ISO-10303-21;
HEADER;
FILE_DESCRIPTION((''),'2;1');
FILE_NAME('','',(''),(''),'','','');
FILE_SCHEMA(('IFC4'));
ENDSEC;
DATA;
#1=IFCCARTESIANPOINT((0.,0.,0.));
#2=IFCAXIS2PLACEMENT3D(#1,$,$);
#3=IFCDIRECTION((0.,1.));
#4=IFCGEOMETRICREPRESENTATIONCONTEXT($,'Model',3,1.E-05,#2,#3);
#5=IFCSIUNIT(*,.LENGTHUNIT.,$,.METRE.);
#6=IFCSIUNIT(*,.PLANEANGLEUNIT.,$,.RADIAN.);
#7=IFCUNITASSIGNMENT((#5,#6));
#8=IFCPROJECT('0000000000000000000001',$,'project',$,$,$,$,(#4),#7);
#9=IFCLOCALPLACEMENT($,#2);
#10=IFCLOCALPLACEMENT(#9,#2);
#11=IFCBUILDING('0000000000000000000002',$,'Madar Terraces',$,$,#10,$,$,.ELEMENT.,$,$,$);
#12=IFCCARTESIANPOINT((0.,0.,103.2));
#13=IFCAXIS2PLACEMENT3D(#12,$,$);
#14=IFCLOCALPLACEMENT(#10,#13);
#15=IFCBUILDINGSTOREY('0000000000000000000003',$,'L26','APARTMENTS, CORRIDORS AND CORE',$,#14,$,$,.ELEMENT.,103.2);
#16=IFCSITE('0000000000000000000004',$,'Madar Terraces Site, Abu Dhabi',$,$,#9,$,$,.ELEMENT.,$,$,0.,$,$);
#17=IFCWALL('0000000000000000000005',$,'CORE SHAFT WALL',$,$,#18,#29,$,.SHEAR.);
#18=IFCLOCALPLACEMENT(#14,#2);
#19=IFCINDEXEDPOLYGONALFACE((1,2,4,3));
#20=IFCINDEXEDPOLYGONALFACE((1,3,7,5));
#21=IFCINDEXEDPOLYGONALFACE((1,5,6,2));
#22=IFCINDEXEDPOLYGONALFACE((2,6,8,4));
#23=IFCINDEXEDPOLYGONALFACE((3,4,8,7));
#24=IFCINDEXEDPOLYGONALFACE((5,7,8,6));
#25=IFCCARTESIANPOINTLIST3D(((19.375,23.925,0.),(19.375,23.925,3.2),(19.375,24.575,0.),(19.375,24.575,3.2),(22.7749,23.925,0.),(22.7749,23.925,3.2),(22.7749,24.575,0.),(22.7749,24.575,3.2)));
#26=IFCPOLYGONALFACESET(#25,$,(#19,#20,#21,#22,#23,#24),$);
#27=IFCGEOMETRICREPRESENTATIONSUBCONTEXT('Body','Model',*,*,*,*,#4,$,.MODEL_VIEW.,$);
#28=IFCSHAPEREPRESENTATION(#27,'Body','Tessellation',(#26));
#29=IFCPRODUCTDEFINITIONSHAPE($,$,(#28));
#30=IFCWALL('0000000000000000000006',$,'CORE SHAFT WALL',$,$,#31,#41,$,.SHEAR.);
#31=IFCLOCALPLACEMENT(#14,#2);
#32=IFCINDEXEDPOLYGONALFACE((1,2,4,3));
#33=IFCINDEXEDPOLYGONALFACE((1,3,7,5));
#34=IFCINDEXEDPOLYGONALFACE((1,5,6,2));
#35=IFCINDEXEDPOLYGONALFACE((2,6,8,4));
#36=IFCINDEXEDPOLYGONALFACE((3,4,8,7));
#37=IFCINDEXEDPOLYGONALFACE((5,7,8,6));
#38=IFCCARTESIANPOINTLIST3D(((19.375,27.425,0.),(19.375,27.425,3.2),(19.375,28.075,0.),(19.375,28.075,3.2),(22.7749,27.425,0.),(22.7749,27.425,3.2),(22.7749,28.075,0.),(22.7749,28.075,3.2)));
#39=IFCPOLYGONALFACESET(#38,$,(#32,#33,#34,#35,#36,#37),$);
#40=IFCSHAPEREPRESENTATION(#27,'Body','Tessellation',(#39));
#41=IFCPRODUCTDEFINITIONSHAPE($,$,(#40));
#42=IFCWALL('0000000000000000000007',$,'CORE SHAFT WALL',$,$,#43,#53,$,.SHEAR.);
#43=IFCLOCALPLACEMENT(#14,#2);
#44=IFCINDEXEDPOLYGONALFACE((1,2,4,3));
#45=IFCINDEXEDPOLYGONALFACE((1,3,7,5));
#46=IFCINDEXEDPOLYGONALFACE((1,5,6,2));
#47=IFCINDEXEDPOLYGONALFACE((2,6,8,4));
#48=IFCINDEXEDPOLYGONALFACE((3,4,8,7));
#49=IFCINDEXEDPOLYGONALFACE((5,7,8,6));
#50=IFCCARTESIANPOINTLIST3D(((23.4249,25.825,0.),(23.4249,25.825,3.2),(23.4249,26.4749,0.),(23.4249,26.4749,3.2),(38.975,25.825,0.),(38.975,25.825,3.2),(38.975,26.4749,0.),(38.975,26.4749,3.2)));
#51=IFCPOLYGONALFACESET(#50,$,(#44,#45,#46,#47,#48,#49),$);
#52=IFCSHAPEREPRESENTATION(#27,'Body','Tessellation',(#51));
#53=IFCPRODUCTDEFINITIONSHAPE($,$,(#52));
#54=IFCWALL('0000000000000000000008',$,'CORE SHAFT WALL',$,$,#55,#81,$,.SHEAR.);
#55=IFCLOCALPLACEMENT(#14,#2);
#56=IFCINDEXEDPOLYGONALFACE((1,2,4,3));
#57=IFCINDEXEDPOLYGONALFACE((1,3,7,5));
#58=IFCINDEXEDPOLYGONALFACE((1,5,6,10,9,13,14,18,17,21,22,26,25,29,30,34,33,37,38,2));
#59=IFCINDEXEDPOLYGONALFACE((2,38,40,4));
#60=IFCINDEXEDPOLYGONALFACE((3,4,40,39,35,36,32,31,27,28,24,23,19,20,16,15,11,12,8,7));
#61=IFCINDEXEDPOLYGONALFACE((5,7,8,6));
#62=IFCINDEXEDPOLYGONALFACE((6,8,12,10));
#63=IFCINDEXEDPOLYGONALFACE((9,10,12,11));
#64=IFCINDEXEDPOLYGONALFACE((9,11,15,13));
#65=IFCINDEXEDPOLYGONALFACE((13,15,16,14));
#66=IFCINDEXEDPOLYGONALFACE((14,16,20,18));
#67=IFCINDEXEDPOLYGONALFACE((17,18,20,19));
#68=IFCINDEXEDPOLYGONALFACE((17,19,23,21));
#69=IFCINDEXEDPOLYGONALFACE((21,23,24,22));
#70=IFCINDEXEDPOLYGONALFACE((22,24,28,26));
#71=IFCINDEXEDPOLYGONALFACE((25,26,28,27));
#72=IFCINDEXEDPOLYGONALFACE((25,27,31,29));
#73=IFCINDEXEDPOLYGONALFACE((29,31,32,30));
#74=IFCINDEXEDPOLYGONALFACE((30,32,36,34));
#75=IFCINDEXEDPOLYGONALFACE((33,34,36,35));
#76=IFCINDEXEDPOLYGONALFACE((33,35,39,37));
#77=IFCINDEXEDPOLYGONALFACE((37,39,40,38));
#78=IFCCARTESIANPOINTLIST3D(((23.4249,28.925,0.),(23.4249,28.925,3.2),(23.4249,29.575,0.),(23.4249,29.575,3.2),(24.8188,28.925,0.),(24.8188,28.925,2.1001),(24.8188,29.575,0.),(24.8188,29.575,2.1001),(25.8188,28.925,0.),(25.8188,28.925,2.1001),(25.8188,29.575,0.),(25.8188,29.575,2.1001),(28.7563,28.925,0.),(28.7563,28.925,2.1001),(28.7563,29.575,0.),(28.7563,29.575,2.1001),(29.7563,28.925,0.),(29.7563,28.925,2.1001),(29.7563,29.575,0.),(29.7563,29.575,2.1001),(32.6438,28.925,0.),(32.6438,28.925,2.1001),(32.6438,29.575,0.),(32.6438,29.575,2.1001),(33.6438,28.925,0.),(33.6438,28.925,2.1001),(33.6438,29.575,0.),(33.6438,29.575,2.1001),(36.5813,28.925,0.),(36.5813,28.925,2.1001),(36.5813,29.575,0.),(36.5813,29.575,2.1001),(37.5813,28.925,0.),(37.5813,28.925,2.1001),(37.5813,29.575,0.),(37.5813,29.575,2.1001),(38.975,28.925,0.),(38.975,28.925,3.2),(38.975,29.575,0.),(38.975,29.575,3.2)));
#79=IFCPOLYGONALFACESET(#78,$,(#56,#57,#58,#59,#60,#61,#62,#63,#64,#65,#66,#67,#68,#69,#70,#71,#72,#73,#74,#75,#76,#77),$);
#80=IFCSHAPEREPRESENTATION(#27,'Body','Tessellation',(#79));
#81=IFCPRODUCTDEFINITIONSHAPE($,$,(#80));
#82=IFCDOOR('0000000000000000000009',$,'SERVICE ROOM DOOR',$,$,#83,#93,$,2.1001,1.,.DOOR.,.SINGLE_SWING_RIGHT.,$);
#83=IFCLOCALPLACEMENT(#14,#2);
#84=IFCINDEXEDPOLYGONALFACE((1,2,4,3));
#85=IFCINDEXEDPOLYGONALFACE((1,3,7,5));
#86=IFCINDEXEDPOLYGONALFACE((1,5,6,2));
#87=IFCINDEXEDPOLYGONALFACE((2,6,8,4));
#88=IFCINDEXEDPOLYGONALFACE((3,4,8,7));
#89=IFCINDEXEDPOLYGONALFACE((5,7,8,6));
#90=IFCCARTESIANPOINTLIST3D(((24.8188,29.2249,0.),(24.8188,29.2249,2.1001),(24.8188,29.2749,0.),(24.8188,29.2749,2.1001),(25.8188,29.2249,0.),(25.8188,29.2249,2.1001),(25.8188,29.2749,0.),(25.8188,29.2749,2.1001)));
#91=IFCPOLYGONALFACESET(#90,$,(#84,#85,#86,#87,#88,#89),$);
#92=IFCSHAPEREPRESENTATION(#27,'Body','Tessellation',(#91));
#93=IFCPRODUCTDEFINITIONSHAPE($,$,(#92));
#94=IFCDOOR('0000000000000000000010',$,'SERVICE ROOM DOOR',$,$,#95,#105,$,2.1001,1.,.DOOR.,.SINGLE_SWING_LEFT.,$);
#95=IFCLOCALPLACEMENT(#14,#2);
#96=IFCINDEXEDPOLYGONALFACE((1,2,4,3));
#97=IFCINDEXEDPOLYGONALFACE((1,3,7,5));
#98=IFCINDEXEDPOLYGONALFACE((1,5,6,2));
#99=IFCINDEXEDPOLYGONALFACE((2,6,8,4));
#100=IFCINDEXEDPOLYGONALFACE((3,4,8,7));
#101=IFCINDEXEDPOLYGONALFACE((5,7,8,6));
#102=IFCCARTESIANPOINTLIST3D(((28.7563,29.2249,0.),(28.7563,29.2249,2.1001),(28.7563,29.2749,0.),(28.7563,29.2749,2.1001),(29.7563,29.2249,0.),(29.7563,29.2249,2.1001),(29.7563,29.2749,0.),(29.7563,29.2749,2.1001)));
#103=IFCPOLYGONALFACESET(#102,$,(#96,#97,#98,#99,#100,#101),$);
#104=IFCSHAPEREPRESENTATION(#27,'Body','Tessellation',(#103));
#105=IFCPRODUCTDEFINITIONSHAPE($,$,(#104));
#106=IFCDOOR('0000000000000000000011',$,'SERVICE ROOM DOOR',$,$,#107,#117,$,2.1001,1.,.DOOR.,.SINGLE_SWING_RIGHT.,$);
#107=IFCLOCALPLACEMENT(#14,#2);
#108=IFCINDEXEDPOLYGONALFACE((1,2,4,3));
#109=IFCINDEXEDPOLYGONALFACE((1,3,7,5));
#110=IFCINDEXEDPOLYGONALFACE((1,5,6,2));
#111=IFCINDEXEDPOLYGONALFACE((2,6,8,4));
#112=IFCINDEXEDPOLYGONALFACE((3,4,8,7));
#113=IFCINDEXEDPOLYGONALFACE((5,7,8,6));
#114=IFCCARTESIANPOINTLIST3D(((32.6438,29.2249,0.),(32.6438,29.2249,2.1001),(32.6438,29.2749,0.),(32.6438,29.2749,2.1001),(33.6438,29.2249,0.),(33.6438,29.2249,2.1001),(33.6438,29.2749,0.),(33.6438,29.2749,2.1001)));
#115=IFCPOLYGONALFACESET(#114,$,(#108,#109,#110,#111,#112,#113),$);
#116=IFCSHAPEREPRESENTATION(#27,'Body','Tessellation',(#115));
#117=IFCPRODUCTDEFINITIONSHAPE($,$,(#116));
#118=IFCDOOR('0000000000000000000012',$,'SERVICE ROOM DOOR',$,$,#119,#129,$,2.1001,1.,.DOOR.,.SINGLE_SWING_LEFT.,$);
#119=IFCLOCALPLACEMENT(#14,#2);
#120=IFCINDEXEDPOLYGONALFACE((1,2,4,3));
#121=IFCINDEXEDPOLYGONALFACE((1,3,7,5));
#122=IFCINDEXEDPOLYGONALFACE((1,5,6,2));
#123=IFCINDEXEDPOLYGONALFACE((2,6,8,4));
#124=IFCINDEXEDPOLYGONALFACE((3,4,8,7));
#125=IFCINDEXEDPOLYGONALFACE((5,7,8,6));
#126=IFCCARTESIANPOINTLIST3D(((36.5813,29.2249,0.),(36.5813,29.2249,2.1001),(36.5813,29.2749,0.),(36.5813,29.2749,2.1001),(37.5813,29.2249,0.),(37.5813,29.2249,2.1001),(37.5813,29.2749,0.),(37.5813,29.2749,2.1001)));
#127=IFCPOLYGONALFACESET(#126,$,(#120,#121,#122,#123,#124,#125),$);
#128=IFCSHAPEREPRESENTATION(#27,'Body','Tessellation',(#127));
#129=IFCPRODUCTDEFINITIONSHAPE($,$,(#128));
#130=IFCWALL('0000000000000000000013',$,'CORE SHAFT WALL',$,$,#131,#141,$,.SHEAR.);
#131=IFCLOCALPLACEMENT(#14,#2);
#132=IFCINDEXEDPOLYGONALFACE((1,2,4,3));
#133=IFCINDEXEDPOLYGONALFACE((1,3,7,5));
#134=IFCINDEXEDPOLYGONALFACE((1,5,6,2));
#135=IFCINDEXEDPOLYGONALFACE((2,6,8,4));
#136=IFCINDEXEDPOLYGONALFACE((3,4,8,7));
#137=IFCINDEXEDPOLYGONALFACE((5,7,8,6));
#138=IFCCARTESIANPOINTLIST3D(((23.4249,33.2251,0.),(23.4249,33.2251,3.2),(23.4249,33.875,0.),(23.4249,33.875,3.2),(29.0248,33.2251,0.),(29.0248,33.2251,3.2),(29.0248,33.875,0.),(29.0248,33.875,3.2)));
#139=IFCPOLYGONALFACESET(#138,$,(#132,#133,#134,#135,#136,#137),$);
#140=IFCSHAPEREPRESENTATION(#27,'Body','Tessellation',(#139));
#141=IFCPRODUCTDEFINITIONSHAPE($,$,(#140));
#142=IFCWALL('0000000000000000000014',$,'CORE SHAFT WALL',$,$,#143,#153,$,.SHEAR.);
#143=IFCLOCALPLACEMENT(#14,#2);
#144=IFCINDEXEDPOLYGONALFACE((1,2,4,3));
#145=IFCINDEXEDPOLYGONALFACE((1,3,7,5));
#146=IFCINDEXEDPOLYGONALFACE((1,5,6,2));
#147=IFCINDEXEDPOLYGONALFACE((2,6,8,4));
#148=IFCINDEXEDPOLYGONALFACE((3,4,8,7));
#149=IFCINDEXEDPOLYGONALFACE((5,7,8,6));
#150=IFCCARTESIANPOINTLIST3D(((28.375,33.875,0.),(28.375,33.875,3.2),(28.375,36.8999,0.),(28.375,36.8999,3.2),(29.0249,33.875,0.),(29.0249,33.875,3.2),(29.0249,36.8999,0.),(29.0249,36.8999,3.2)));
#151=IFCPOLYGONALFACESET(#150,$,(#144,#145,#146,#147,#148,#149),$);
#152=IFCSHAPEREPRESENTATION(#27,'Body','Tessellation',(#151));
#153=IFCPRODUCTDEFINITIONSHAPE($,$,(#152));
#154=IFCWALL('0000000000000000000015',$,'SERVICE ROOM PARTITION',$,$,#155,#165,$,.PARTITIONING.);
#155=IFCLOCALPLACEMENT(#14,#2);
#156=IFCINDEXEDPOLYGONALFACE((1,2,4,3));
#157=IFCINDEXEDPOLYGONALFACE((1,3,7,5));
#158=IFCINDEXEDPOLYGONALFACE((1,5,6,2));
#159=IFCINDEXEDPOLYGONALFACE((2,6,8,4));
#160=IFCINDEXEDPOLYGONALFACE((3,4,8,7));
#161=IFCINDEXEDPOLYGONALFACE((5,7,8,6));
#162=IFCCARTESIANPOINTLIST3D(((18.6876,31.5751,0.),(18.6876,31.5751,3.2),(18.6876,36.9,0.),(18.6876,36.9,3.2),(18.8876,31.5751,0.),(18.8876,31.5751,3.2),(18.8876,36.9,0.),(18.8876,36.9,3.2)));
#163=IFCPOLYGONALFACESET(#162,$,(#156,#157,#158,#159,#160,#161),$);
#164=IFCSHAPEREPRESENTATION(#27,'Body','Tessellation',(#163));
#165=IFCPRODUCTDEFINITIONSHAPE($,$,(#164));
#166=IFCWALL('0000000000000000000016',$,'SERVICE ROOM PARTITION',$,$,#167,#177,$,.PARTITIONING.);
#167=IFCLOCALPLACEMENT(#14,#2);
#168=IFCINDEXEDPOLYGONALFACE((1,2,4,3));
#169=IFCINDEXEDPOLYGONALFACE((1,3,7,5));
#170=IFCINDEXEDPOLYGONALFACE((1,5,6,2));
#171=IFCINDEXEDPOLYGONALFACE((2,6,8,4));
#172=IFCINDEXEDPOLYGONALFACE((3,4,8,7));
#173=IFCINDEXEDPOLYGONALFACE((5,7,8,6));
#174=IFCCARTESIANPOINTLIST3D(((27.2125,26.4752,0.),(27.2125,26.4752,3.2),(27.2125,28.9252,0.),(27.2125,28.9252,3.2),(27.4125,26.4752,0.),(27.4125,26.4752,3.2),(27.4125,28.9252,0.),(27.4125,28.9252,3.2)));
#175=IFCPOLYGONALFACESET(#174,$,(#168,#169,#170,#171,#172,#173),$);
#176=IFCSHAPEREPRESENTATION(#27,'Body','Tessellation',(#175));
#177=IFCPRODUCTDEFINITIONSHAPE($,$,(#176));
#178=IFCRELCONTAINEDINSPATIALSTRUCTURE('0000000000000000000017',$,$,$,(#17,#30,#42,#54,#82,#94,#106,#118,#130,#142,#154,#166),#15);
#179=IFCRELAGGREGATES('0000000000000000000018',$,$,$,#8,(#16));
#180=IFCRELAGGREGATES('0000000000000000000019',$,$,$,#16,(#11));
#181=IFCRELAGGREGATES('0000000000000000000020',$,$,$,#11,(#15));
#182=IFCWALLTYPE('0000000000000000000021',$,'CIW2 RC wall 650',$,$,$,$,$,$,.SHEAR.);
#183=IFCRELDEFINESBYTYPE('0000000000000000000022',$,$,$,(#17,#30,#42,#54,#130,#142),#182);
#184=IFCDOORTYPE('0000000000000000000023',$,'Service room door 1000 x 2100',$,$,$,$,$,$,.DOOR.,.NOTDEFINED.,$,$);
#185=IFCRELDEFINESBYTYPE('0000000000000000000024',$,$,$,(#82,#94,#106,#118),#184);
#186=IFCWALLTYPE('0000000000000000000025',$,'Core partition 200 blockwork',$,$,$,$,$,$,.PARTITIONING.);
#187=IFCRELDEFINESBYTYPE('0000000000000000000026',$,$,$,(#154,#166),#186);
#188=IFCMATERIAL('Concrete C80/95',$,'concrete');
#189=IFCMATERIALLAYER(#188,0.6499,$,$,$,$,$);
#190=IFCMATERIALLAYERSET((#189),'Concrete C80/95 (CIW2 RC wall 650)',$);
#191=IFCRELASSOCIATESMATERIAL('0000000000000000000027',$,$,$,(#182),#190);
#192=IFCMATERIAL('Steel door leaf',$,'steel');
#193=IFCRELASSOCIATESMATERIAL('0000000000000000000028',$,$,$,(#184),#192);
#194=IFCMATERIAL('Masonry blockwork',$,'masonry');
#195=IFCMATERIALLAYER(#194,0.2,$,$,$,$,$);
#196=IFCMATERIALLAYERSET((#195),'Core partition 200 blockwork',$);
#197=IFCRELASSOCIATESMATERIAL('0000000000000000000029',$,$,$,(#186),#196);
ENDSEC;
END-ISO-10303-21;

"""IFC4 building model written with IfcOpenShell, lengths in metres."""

from ifc_helpers import new_model, si_unit, direction, frame, frame_2d, origin, place, context, subcontext, project, spatial, rectangle, extrude, material, layer, layer_set, type_object, element, fill, save


model = new_model("IFC4")

# Units and contexts
model_context = context("Model", 3, precision=1e-05, world=origin(), true_north=direction((0.0, 1.0)))
body_context = subcontext(model_context, "Body", "Model", "MODEL_VIEW")
ifc_project = project(units=[si_unit("LENGTHUNIT", "METRE"), si_unit("PLANEANGLEUNIT", "RADIAN")], contexts=[model_context])

# Site, building, storey
site_placement = place(None, origin())
site = spatial("IfcSite", under=ifc_project, at=site_placement, Name="Madar Terraces Site, Abu Dhabi", CompositionType="ELEMENT", RefElevation=0.0)
building_placement = place(site_placement, origin())
building = spatial("IfcBuilding", under=site, at=building_placement, Name="Madar Terraces", CompositionType="ELEMENT")
storey_placement = place(building_placement, frame((0.0, 0.0, 103.2)))
storey = spatial("IfcBuildingStorey", under=building, at=storey_placement, Name="L26", Description="APARTMENTS, CORRIDORS AND CORE", CompositionType="ELEMENT", Elevation=103.2)

# Walls
ifc_material_1 = material(Name="Concrete C80/95", Category="concrete")
ifc_layer_1 = layer(ifc_material_1, 0.6499)
ifc_layer_set_1 = layer_set([ifc_layer_1], Name="Concrete C80/95 (CIW2 RC wall 650)")
wall_type_1 = type_object("IfcWallType", Name="CIW2 RC wall 650", PredefinedType="SHEAR", material=ifc_layer_set_1)
for number, where, z_axis, x_axis, name in (
    (1, (19.375, 24.25, 0.0), (0.0, 0.0, 1.0), (1.0, 0.0, 0.0), "CORE SHAFT WALL"),
    (2, (19.375, 27.75, 0.0), (0.0, 0.0, 1.0), (1.0, 0.0, 0.0), "CORE SHAFT WALL"),
):
    element("IfcWall", number, at=place(storey_placement, frame(where, z_axis=z_axis, x_axis=x_axis)), inside=storey, type_object=wall_type_1, Name=name, PredefinedType="SHEAR", context=body_context, shape_type="SweptSolid", body=[
        extrude(rectangle(XDim=3.3999, YDim=0.6499, at=frame_2d((1.7, 0.0))), origin(), (0.0, 0.0, 1.0), 3.2),
    ])
wall_1_placement = place(storey_placement, frame((23.425, 26.1499, 0.0), z_axis=(0.0, 0.0, 1.0), x_axis=(1.0, 0.0, 0.0)))
element("IfcWall", 3, at=wall_1_placement, inside=storey, type_object=wall_type_1, Name="CORE SHAFT WALL", PredefinedType="SHEAR", context=body_context, shape_type="SweptSolid", body=[
    extrude(rectangle(XDim=15.55, YDim=0.6499, at=frame_2d((7.7749, 0.0))), origin(), (0.0, 0.0, 1.0), 3.2),
])

# Wall, openings, doors
wall_2_placement = place(storey_placement, frame((23.425, 29.25, 0.0), z_axis=(0.0, 0.0, 1.0), x_axis=(1.0, 0.0, 0.0)))
wall_2 = element("IfcWall", 4, at=wall_2_placement, inside=storey, type_object=wall_type_1, Name="CORE SHAFT WALL", PredefinedType="SHEAR", context=body_context, shape_type="SweptSolid", body=[
    extrude(rectangle(XDim=15.55, YDim=0.6499, at=frame_2d((7.7749, 0.0))), origin(), (0.0, 0.0, 1.0), 3.2),
])
opening_1_placement = place(wall_2_placement, frame((1.3938, 0.0, 0.0)))
opening_1 = element("IfcOpeningElement", 5, at=opening_1_placement, cuts=wall_2, PredefinedType="OPENING", context=body_context, shape_type="SweptSolid", body=[
    extrude(rectangle(XDim=1.0, YDim=2.1001, at=frame_2d((0.5, 1.05))), frame((0.0, 0.335, 0.0), z_axis=(0.0, -1.0, 0.0), x_axis=(1.0, 0.0, 0.0)), (0.0, 0.0, 1.0), 0.6699),
])
opening_2_placement = place(wall_2_placement, frame((5.3313, 0.0, 0.0)))
opening_2 = element("IfcOpeningElement", 6, at=opening_2_placement, cuts=wall_2, PredefinedType="OPENING", context=body_context, shape_type="SweptSolid", body=[
    extrude(rectangle(XDim=1.0, YDim=2.1001, at=frame_2d((0.5, 1.05))), frame((0.0, 0.335, 0.0), z_axis=(0.0, -1.0, 0.0), x_axis=(1.0, 0.0, 0.0)), (0.0, 0.0, 1.0), 0.6699),
])
opening_3_placement = place(wall_2_placement, frame((9.2188, 0.0, 0.0)))
opening_3 = element("IfcOpeningElement", 7, at=opening_3_placement, cuts=wall_2, PredefinedType="OPENING", context=body_context, shape_type="SweptSolid", body=[
    extrude(rectangle(XDim=1.0, YDim=2.1001, at=frame_2d((0.5, 1.05))), frame((0.0, 0.335, 0.0), z_axis=(0.0, -1.0, 0.0), x_axis=(1.0, 0.0, 0.0)), (0.0, 0.0, 1.0), 0.6699),
])
opening_4_placement = place(wall_2_placement, frame((13.1562, 0.0, 0.0)))
opening_4 = element("IfcOpeningElement", 8, at=opening_4_placement, cuts=wall_2, PredefinedType="OPENING", context=body_context, shape_type="SweptSolid", body=[
    extrude(rectangle(XDim=1.0, YDim=2.1001, at=frame_2d((0.5, 1.05))), frame((0.0, 0.335, 0.0), z_axis=(0.0, -1.0, 0.0), x_axis=(1.0, 0.0, 0.0)), (0.0, 0.0, 1.0), 0.6699),
])
ifc_material_2 = material(Name="Steel door leaf", Category="steel")
door_type = type_object("IfcDoorType", Name="Service room door 1000 x 2100", OperationType="NOTDEFINED", PredefinedType="DOOR", material=ifc_material_2)
door_1_placement = place(opening_1_placement, origin())
door_1 = element("IfcDoor", 9, at=door_1_placement, inside=storey, type_object=door_type, Name="SERVICE ROOM DOOR", OperationType="SINGLE_SWING_RIGHT", OverallHeight=2.1001, OverallWidth=1.0, PredefinedType="DOOR", context=body_context, shape_type="SweptSolid", body=[
    extrude(rectangle(XDim=1.0, YDim=2.1001, at=frame_2d((0.5, 1.05))), frame((0.0, 0.0249, 0.0), z_axis=(0.0, -1.0, 0.0), x_axis=(1.0, 0.0, 0.0)), (0.0, 0.0, 1.0), 0.05),
])
fill(opening_1, door_1)
door_2_placement = place(opening_2_placement, origin())
door_2 = element("IfcDoor", 10, at=door_2_placement, inside=storey, type_object=door_type, Name="SERVICE ROOM DOOR", OperationType="SINGLE_SWING_LEFT", OverallHeight=2.1001, OverallWidth=1.0, PredefinedType="DOOR", context=body_context, shape_type="SweptSolid", body=[
    extrude(rectangle(XDim=1.0, YDim=2.1001, at=frame_2d((0.5, 1.05))), frame((0.0, 0.0249, 0.0), z_axis=(0.0, -1.0, 0.0), x_axis=(1.0, 0.0, 0.0)), (0.0, 0.0, 1.0), 0.05),
])
fill(opening_2, door_2)
door_3_placement = place(opening_3_placement, origin())
door_3 = element("IfcDoor", 11, at=door_3_placement, inside=storey, type_object=door_type, Name="SERVICE ROOM DOOR", OperationType="SINGLE_SWING_RIGHT", OverallHeight=2.1001, OverallWidth=1.0, PredefinedType="DOOR", context=body_context, shape_type="SweptSolid", body=[
    extrude(rectangle(XDim=1.0, YDim=2.1001, at=frame_2d((0.5, 1.05))), frame((0.0, 0.0249, 0.0), z_axis=(0.0, -1.0, 0.0), x_axis=(1.0, 0.0, 0.0)), (0.0, 0.0, 1.0), 0.05),
])
fill(opening_3, door_3)
door_4_placement = place(opening_4_placement, origin())
door_4 = element("IfcDoor", 12, at=door_4_placement, inside=storey, type_object=door_type, Name="SERVICE ROOM DOOR", OperationType="SINGLE_SWING_LEFT", OverallHeight=2.1001, OverallWidth=1.0, PredefinedType="DOOR", context=body_context, shape_type="SweptSolid", body=[
    extrude(rectangle(XDim=1.0, YDim=2.1001, at=frame_2d((0.5, 1.05))), frame((0.0, 0.0249, 0.0), z_axis=(0.0, -1.0, 0.0), x_axis=(1.0, 0.0, 0.0)), (0.0, 0.0, 1.0), 0.05),
])
fill(opening_4, door_4)

# Walls
wall_3_placement = place(storey_placement, frame((23.425, 33.55, 0.0), z_axis=(0.0, 0.0, 1.0), x_axis=(1.0, 0.0, 0.0)))
element("IfcWall", 13, at=wall_3_placement, inside=storey, type_object=wall_type_1, Name="CORE SHAFT WALL", PredefinedType="SHEAR", context=body_context, shape_type="SweptSolid", body=[
    extrude(rectangle(XDim=5.5999, YDim=0.6499, at=frame_2d((2.7998, 0.0))), origin(), (0.0, 0.0, 1.0), 3.2),
])
wall_4_placement = place(storey_placement, frame((28.7, 33.875, 0.0), z_axis=(0.0, 0.0, 1.0), x_axis=(0.0, 1.0, 0.0)))
element("IfcWall", 14, at=wall_4_placement, inside=storey, type_object=wall_type_1, Name="CORE SHAFT WALL", PredefinedType="SHEAR", context=body_context, shape_type="SweptSolid", body=[
    extrude(rectangle(XDim=3.0249, YDim=0.6499, at=frame_2d((1.5125, 0.0))), origin(), (0.0, 0.0, 1.0), 3.2),
])
ifc_material_3 = material(Name="Masonry blockwork", Category="masonry")
ifc_layer_2 = layer(ifc_material_3, 0.2)
ifc_layer_set_2 = layer_set([ifc_layer_2], Name="Core partition 200 blockwork")
wall_type_2 = type_object("IfcWallType", Name="Core partition 200 blockwork", PredefinedType="PARTITIONING", material=ifc_layer_set_2)
wall_5_placement = place(storey_placement, frame((18.7876, 31.575, 0.0), z_axis=(0.0, 0.0, 1.0), x_axis=(0.0, 1.0, 0.0)))
element("IfcWall", 15, at=wall_5_placement, inside=storey, type_object=wall_type_2, Name="SERVICE ROOM PARTITION", PredefinedType="PARTITIONING", context=body_context, shape_type="SweptSolid", body=[
    extrude(rectangle(XDim=5.325, YDim=0.2, at=frame_2d((2.6626, 0.0))), origin(), (0.0, 0.0, 1.0), 3.2),
])
for number, where, z_axis, x_axis, name in (
    (16, (27.3125, 26.4751, 0.0), (0.0, 0.0, 1.0), (0.0, 1.0, 0.0), "SERVICE ROOM PARTITION"),
):
    element("IfcWall", number, at=place(storey_placement, frame(where, z_axis=z_axis, x_axis=x_axis)), inside=storey, type_object=wall_type_2, Name=name, PredefinedType="PARTITIONING", context=body_context, shape_type="SweptSolid", body=[
        extrude(rectangle(XDim=2.45, YDim=0.2, at=frame_2d((1.2251, 0.0))), origin(), (0.0, 0.0, 1.0), 3.2),
    ])

save(model, "model.ifc")
